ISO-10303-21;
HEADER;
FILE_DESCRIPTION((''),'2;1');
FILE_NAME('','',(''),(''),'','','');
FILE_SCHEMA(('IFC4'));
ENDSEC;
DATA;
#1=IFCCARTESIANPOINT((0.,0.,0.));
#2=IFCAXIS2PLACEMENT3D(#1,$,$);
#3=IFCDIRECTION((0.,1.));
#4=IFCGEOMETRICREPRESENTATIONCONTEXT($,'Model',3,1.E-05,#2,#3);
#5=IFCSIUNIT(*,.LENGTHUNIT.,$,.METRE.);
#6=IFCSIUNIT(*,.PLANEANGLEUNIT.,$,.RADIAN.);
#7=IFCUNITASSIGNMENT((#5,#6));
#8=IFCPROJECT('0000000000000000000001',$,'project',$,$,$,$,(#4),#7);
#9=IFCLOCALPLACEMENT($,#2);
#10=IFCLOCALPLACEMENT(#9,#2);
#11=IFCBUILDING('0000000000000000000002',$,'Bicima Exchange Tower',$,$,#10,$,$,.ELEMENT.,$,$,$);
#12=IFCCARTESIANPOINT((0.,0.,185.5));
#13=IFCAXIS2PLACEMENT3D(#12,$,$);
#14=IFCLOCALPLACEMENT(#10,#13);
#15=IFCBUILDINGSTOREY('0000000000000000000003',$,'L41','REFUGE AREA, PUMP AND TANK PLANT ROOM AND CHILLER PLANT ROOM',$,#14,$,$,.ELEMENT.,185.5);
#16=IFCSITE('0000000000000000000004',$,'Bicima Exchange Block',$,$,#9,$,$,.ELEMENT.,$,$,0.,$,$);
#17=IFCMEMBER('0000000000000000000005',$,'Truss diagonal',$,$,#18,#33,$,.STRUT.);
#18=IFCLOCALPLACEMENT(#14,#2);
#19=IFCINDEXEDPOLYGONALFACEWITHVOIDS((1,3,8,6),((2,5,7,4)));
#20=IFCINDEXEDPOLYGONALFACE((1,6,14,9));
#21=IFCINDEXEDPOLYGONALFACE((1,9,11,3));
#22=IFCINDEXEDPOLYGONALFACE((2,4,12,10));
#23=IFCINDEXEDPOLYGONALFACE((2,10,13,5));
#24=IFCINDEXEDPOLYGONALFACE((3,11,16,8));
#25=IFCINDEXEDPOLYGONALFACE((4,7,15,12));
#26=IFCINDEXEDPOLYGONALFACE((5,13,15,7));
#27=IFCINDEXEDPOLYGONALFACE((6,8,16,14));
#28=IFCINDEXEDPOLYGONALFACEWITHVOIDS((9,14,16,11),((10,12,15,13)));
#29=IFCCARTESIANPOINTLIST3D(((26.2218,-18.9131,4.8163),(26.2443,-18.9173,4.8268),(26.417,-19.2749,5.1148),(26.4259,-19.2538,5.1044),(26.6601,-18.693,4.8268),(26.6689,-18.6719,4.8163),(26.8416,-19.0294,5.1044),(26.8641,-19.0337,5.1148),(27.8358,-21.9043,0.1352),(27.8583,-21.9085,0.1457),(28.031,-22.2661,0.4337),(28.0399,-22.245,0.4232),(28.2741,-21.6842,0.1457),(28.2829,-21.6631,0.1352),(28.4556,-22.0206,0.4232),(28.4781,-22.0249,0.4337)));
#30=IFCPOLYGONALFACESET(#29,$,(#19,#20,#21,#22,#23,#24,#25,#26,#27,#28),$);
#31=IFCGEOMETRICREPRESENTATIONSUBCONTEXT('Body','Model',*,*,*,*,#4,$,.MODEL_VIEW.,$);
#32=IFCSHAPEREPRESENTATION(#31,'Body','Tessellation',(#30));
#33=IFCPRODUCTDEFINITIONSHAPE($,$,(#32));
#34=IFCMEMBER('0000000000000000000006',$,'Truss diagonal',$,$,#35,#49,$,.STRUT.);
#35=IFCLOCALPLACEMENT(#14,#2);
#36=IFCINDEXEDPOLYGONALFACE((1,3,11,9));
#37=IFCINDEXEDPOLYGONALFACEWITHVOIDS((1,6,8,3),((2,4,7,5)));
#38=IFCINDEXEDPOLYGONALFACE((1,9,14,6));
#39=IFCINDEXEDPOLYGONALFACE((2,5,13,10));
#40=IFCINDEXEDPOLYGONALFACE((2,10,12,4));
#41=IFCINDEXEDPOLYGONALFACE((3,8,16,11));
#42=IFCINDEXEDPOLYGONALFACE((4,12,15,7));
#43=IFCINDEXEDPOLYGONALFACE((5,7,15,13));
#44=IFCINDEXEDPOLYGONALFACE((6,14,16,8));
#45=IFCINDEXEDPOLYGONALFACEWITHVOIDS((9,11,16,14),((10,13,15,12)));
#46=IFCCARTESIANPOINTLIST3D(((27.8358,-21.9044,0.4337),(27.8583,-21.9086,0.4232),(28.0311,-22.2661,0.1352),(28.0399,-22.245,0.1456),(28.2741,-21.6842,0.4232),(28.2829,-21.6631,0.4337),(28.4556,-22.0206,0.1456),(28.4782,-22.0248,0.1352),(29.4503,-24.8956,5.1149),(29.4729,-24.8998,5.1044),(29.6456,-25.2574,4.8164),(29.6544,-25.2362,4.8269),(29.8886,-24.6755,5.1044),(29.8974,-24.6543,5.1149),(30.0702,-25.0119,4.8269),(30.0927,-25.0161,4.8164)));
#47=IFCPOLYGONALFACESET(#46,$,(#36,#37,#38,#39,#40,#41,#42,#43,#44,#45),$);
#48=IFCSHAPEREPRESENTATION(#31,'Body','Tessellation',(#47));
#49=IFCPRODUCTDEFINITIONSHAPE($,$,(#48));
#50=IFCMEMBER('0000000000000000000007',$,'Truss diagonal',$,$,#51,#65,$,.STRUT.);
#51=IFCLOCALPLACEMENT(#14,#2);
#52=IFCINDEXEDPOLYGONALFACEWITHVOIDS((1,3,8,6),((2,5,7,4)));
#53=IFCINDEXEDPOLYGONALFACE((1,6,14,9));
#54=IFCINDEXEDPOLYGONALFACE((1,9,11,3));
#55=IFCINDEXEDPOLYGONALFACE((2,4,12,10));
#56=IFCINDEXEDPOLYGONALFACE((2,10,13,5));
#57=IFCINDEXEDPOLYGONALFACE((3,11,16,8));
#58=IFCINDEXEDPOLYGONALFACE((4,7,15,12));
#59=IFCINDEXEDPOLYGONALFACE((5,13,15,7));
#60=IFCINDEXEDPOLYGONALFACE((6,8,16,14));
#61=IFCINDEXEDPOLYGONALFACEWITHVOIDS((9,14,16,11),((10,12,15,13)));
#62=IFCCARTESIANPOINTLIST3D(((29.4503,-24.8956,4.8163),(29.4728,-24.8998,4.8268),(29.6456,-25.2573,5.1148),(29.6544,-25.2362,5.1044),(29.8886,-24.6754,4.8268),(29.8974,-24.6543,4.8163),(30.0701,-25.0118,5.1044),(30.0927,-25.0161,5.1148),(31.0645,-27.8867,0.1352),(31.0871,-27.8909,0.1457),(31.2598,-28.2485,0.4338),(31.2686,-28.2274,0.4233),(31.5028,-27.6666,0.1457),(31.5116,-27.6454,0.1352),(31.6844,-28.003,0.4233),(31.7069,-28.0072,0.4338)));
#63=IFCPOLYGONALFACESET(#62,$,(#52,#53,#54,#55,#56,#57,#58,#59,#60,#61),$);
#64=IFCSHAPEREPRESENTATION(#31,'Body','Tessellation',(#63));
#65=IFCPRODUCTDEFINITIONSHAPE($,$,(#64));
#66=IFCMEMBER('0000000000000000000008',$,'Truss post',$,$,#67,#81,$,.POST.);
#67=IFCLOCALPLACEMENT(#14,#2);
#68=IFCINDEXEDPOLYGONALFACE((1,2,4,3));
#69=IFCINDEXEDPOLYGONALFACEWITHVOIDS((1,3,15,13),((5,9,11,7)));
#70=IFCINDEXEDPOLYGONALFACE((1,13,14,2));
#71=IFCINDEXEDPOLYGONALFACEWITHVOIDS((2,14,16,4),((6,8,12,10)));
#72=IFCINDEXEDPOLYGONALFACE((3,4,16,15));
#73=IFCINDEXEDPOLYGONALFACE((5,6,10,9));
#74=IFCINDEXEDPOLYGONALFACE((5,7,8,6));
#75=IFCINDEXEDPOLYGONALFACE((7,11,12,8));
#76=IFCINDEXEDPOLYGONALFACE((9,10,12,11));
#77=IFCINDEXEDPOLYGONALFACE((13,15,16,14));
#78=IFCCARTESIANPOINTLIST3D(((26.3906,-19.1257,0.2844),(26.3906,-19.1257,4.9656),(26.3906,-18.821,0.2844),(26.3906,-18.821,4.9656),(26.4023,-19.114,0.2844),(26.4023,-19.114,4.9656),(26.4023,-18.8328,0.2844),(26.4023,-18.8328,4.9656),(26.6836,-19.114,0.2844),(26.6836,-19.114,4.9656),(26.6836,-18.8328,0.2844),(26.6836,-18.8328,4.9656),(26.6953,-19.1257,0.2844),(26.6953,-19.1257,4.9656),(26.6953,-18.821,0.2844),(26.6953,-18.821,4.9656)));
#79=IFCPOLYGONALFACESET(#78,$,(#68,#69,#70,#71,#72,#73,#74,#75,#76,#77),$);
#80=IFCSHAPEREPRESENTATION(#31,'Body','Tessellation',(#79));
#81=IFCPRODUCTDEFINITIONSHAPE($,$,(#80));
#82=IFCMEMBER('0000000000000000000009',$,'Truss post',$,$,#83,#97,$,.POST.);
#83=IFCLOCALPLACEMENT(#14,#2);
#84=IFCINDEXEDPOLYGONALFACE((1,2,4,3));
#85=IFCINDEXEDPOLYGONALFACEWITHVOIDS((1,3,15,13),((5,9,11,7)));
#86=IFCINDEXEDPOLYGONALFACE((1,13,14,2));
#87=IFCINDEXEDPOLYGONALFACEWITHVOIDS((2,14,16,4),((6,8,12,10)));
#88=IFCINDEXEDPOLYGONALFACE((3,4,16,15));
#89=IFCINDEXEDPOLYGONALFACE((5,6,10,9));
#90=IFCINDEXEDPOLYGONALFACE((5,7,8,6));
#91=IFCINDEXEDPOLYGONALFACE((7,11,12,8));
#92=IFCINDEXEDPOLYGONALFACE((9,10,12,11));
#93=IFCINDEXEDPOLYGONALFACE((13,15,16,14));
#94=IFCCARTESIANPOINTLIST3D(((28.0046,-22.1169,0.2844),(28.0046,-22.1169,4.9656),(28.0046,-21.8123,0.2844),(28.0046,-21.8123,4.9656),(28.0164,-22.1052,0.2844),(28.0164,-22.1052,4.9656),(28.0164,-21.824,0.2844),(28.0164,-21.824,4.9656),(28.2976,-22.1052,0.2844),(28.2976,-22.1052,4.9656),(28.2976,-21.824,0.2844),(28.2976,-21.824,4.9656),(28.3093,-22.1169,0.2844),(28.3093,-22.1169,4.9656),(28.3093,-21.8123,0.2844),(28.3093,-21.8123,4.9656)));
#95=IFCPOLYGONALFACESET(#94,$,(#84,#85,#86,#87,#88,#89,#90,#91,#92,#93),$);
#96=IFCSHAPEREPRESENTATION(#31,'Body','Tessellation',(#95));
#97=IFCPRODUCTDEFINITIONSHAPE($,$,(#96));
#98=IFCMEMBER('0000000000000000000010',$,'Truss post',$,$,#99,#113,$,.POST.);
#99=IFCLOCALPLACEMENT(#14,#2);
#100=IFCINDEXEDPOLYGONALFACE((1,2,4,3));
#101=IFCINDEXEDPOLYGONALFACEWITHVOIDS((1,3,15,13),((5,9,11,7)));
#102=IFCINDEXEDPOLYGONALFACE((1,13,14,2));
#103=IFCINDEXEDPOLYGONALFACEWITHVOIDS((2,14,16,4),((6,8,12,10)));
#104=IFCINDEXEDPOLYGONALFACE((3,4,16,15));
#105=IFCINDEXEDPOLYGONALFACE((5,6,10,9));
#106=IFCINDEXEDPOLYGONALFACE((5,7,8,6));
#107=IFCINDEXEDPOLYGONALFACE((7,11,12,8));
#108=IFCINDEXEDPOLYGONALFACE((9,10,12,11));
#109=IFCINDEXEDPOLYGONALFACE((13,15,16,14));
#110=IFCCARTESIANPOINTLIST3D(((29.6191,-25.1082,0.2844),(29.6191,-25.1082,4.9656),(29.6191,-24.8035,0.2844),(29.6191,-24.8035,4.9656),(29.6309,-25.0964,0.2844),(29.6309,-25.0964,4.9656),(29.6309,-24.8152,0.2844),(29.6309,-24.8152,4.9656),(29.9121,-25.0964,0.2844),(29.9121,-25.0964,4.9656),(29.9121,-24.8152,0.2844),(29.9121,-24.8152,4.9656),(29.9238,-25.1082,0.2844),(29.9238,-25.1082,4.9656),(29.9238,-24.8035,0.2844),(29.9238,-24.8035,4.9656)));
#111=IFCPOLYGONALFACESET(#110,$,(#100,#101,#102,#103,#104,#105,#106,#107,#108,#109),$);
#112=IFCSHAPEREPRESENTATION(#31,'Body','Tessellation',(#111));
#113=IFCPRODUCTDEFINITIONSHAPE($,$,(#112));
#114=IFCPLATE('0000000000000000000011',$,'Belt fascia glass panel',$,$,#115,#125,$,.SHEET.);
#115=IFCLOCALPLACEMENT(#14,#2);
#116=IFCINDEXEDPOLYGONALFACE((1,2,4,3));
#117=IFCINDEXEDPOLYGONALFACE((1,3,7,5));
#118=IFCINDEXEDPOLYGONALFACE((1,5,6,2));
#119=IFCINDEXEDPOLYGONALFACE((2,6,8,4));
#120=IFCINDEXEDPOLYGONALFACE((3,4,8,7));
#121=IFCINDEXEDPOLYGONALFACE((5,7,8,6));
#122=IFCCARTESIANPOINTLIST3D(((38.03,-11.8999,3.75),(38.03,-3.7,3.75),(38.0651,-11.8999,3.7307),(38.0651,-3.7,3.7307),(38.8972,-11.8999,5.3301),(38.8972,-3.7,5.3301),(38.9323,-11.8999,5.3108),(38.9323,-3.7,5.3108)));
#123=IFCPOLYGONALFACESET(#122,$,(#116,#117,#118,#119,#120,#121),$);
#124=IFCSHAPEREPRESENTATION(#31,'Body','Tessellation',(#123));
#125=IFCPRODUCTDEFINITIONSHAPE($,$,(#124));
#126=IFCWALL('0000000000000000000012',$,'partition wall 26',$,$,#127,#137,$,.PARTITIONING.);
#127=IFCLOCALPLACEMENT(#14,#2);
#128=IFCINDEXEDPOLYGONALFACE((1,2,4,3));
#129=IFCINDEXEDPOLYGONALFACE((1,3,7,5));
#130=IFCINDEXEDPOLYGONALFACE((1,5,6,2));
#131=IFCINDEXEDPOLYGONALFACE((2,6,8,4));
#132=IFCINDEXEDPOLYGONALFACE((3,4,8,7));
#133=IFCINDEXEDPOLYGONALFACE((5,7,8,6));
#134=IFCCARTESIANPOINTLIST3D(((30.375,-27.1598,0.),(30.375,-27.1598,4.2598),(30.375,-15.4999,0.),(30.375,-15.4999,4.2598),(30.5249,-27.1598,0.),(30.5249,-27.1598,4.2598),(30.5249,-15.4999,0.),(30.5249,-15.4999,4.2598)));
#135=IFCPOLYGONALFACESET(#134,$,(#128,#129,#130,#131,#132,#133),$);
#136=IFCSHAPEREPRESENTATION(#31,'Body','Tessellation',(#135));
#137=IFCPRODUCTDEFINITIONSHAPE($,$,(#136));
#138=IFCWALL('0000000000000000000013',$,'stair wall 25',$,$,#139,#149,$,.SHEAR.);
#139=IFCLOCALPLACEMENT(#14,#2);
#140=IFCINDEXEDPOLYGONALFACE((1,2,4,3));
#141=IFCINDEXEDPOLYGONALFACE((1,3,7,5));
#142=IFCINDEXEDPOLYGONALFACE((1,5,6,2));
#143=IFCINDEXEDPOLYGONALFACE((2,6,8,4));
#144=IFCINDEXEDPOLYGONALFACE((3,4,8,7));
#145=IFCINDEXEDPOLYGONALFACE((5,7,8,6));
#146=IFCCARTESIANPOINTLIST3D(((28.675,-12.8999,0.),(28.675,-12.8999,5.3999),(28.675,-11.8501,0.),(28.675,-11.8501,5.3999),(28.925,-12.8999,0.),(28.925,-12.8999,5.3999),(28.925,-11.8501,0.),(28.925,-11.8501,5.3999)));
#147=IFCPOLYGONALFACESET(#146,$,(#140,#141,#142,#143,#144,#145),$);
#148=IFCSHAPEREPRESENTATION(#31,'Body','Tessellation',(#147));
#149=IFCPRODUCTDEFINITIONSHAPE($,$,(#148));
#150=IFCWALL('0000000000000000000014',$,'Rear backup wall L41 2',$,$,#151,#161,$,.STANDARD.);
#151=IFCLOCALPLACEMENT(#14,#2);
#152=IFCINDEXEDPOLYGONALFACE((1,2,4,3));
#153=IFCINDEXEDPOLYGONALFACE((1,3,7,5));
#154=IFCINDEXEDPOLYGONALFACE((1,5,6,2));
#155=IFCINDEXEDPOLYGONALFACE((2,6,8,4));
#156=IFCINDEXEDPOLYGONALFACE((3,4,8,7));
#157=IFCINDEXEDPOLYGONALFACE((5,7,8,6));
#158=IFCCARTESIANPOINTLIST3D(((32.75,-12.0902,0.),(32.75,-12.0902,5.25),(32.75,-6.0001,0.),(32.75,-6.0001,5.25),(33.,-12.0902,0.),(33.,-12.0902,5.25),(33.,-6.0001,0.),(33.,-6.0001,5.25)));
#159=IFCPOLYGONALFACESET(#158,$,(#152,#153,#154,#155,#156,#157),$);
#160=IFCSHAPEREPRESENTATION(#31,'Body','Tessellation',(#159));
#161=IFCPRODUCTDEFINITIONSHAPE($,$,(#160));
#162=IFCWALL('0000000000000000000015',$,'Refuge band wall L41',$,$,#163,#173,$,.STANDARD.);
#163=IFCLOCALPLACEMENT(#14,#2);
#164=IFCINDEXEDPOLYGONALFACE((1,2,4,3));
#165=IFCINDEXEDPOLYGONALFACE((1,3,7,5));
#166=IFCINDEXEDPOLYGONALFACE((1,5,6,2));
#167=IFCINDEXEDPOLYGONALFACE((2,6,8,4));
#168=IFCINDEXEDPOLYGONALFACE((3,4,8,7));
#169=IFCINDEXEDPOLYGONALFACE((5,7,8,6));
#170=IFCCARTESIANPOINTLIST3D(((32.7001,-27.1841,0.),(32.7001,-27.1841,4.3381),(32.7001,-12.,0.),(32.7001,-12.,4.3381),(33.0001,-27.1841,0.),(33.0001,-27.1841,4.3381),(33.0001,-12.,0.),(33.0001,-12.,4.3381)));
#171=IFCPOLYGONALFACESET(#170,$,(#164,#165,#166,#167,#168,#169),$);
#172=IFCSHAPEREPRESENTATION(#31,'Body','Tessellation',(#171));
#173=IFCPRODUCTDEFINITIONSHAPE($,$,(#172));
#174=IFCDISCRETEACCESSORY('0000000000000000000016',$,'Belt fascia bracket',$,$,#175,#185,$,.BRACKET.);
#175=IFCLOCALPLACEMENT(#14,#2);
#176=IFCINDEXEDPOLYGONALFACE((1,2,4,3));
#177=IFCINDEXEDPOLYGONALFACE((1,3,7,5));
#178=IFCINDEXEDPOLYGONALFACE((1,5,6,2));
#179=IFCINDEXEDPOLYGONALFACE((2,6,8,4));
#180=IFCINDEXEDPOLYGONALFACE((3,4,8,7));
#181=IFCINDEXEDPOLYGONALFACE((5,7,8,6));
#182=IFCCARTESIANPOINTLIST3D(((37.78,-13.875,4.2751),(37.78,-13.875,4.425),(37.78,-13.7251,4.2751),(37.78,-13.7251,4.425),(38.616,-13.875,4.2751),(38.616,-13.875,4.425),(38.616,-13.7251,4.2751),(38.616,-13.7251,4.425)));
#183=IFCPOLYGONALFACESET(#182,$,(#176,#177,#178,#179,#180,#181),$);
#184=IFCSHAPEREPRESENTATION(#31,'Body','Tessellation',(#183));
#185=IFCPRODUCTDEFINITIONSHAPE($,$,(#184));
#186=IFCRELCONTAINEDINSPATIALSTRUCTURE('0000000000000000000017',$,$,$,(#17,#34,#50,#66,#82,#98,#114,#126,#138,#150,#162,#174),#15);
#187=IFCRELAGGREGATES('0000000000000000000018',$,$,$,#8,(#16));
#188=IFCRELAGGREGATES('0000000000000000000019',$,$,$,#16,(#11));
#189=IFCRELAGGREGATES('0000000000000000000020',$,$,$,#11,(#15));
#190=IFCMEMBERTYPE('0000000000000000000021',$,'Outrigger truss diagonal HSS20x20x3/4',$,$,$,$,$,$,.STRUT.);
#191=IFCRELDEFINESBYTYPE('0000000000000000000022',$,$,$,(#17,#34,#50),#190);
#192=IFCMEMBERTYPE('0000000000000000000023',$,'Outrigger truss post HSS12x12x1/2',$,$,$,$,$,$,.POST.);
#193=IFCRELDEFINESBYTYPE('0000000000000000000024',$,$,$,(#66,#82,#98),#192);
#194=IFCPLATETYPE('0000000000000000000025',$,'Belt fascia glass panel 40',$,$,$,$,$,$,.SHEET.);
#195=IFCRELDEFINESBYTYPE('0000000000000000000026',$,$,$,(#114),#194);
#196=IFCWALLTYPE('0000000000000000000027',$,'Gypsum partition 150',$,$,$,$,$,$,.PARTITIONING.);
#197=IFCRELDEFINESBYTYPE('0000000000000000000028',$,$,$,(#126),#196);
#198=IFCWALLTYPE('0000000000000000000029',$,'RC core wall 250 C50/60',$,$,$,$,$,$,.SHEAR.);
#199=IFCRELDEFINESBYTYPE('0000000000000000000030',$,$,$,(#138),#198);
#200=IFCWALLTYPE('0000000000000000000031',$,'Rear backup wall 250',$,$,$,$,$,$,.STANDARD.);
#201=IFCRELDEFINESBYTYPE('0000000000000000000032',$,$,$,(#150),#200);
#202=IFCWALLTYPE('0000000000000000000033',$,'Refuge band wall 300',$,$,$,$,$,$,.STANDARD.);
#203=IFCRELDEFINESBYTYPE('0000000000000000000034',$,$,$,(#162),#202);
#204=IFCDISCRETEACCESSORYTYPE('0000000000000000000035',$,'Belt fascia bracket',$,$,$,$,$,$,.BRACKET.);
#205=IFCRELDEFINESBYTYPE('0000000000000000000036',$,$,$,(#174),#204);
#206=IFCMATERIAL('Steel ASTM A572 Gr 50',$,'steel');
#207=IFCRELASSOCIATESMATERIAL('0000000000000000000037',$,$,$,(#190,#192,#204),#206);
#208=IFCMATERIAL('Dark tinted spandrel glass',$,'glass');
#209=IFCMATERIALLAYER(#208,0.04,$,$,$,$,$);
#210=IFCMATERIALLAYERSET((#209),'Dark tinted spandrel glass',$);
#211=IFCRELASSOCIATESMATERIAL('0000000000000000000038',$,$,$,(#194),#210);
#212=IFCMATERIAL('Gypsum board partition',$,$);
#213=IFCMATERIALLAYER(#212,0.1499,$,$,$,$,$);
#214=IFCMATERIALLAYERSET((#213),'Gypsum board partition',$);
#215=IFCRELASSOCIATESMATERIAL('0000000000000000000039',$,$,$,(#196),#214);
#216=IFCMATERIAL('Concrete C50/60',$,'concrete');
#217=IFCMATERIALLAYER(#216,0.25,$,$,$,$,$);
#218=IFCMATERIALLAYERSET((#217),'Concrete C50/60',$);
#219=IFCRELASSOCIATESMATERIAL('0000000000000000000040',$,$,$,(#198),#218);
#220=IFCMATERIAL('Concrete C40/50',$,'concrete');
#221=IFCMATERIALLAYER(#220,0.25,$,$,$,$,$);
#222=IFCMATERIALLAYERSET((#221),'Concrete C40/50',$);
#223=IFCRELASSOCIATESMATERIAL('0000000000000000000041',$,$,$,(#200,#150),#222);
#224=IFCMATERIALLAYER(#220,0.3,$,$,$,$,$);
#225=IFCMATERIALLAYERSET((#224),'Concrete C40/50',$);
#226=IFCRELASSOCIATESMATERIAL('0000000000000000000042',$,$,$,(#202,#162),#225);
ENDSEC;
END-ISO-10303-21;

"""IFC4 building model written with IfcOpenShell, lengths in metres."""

from ifc_helpers import new_model, si_unit, direction, frame, frame_2d, origin, origin_2d, place, context, subcontext, project, spatial, polyline, rectangle, hollow_rectangle, outline, extrude, material, layer, layer_set, layer_usage, material_profile, profile_set, type_object, element, save


model = new_model("IFC4")

# Units and contexts
model_context = context("Model", 3, precision=1e-05, world=origin(), true_north=direction((0.0, 1.0)))
body_context = subcontext(model_context, "Body", "Model", "MODEL_VIEW")
ifc_project = project(units=[si_unit("LENGTHUNIT", "METRE"), si_unit("PLANEANGLEUNIT", "RADIAN")], contexts=[model_context])

# Site, building, storey
site_placement = place(None, origin())
site = spatial("IfcSite", under=ifc_project, at=site_placement, Name="Bicima Exchange Block", CompositionType="ELEMENT", RefElevation=0.0)
building_placement = place(site_placement, origin())
building = spatial("IfcBuilding", under=site, at=building_placement, Name="Bicima Exchange Tower", CompositionType="ELEMENT")
storey_placement = place(building_placement, frame((0.0, 0.0, 185.5)))
storey = spatial("IfcBuildingStorey", under=building, at=storey_placement, Name="L41", Description="REFUGE AREA, PUMP AND TANK PLANT ROOM AND CHILLER PLANT ROOM", CompositionType="ELEMENT", Elevation=185.5)

# Shared definitions
ifc_material_1 = material(Name="Steel ASTM A572 Gr 50", Category="steel")

# Shared definitions
ifc_material_profile_1 = material_profile(ifc_material_1, hollow_rectangle(XDim=0.3047, YDim=0.3047, WallThickness=0.0117, at=origin_2d()))
ifc_profile_set_1 = profile_set([ifc_material_profile_1], Name="Steel ASTM A572 Gr 50")

# Members
ifc_material_profile_2 = material_profile(ifc_material_1, hollow_rectangle(XDim=0.5081, YDim=0.5081, WallThickness=0.0178, at=origin_2d()))
ifc_profile_set_2 = profile_set([ifc_material_profile_2], Name="Steel ASTM A572 Gr 50")
member_type_1 = type_object("IfcMemberType", Name="Outrigger truss diagonal HSS20x20x3/4", PredefinedType="STRUT", material=ifc_profile_set_2)
member_1_placement = place(storey_placement, frame((26.543, -18.9734, 4.9656), z_axis=(0.279002, -0.517068, -0.809196), x_axis=(0.880058, 0.474866, 0.0)))
element("IfcMember", 1, at=member_1_placement, inside=storey, type_object=member_type_1, Name="Truss diagonal", PredefinedType="STRUT", context=body_context, shape_type="SweptSolid", body=[
    extrude(hollow_rectangle(XDim=0.5081, YDim=0.5081, WallThickness=0.0178, at=origin_2d()), origin(), (0.0, 0.0, 1.0), 5.7849),
])
member_2_placement = place(storey_placement, frame((28.157, -21.9646, 0.2844), z_axis=(0.27908, -0.517056, 0.809177), x_axis=(0.879998, 0.474978, 0.0)))
element("IfcMember", 2, at=member_2_placement, inside=storey, type_object=member_type_1, Name="Truss diagonal", PredefinedType="STRUT", context=body_context, shape_type="SweptSolid", body=[
    extrude(hollow_rectangle(XDim=0.5081, YDim=0.5081, WallThickness=0.0178, at=origin_2d()), origin(), (0.0, 0.0, 1.0), 5.7852),
])
member_3_placement = place(storey_placement, frame((29.7715, -24.9558, 4.9656), z_axis=(0.279041, -0.517062, -0.809186), x_axis=(0.880028, 0.474922, 0.0)))
element("IfcMember", 3, at=member_3_placement, inside=storey, type_object=member_type_1, Name="Truss diagonal", PredefinedType="STRUT", context=body_context, shape_type="SweptSolid", body=[
    extrude(hollow_rectangle(XDim=0.5081, YDim=0.5081, WallThickness=0.0178, at=origin_2d()), origin(), (0.0, 0.0, 1.0), 5.7849),
])
member_type_2 = type_object("IfcMemberType", Name="Outrigger truss post HSS12x12x1/2", PredefinedType="POST", material=ifc_profile_set_1)
for number, where, z_axis, x_axis, name in (
    (4, (26.543, -18.9734, 0.2844), (0.0, 0.0, 1.0), (1.0, 0.0, 0.0), "Truss post"),
    (5, (28.157, -21.9646, 0.2844), (0.0, 0.0, 1.0), (1.0, 0.0, 0.0), "Truss post"),
    (6, (29.7715, -24.9558, 0.2844), (0.0, 0.0, 1.0), (1.0, 0.0, 0.0), "Truss post"),
):
    element("IfcMember", number, at=place(storey_placement, frame(where, z_axis=z_axis, x_axis=x_axis)), inside=storey, type_object=member_type_2, Name=name, PredefinedType="POST", context=body_context, shape_type="SweptSolid", body=[
        extrude(hollow_rectangle(XDim=0.3047, YDim=0.3047, WallThickness=0.0117, at=origin_2d()), origin(), (0.0, 0.0, 1.0), 4.6812),
    ])

# Plate
ifc_material_2 = material(Name="Dark tinted spandrel glass", Category="glass")
ifc_layer_1 = layer(ifc_material_2, 0.04)
ifc_layer_set_1 = layer_set([ifc_layer_1], Name="Dark tinted spandrel glass")
plate_type = type_object("IfcPlateType", Name="Belt fascia glass panel 40", PredefinedType="SHEET", material=ifc_layer_set_1)
plate_placement = place(storey_placement, frame((38.03, -11.8999, 3.75), z_axis=(-0.87665, 0.0, 0.481128), x_axis=(0.0, 1.0, 0.0)))
element("IfcPlate", 7, at=plate_placement, inside=storey, type_object=plate_type, Name="Belt fascia glass panel", PredefinedType="SHEET", context=body_context, shape_type="SweptSolid", body=[
    extrude(outline(polyline([(0.0, 0.0), (8.2, 0.0), (8.2, -1.8024), (0.0, -1.8024), (0.0, 0.0)])), origin(), (0.0, 0.0, -1.0), 0.04),
])

# Walls
ifc_material_3 = material(Name="Gypsum board partition")
ifc_layer_2 = layer(ifc_material_3, 0.1499)
ifc_layer_set_2 = layer_set([ifc_layer_2], Name="Gypsum board partition")
wall_type_1 = type_object("IfcWallType", Name="Gypsum partition 150", PredefinedType="PARTITIONING", material=ifc_layer_set_2)
wall_1_placement = place(storey_placement, frame((30.45, -27.1599, 0.0), z_axis=(0.0, 0.0, 1.0), x_axis=(0.0, 1.0, 0.0)))
element("IfcWall", 8, at=wall_1_placement, inside=storey, type_object=wall_type_1, Name="partition wall 26", PredefinedType="PARTITIONING", context=body_context, shape_type="SweptSolid", body=[
    extrude(rectangle(XDim=11.6599, YDim=0.1499, at=frame_2d((5.8301, 0.0))), origin(), (0.0, 0.0, 1.0), 4.2598),
])
ifc_material_4 = material(Name="Concrete C50/60", Category="concrete")
ifc_layer_3 = layer(ifc_material_4, 0.25)
ifc_layer_set_3 = layer_set([ifc_layer_3], Name="Concrete C50/60")
wall_type_2 = type_object("IfcWallType", Name="RC core wall 250 C50/60", PredefinedType="SHEAR", material=ifc_layer_set_3)
wall_2_placement = place(storey_placement, frame((28.8, -12.8999, 0.0), z_axis=(0.0, 0.0, 1.0), x_axis=(0.0, 1.0, 0.0)))
element("IfcWall", 9, at=wall_2_placement, inside=storey, type_object=wall_type_2, Name="stair wall 25", PredefinedType="SHEAR", context=body_context, shape_type="SweptSolid", body=[
    extrude(rectangle(XDim=1.0498, YDim=0.25, at=frame_2d((0.5249, 0.0))), origin(), (0.0, 0.0, 1.0), 5.3999),
])
ifc_material_5 = material(Name="Concrete C40/50", Category="concrete")
ifc_layer_4 = layer(ifc_material_5, 0.25)
ifc_layer_set_4 = layer_set([ifc_layer_4], Name="Concrete C40/50")
ifc_layer_usage_1 = layer_usage(ifc_layer_set_4, "AXIS2", "POSITIVE", -0.125)
wall_type_3 = type_object("IfcWallType", Name="Rear backup wall 250", PredefinedType="STANDARD", material=ifc_layer_set_4)
wall_3_placement = place(storey_placement, frame((32.875, -12.0901, 0.0), z_axis=(0.0, 0.0, 1.0), x_axis=(0.0, 1.0, 0.0)))
element("IfcWall", 10, at=wall_3_placement, inside=storey, type_object=wall_type_3, material=ifc_layer_usage_1, Name="Rear backup wall L41 2", PredefinedType="STANDARD", context=body_context, shape_type="SweptSolid", body=[
    extrude(rectangle(XDim=6.0901, YDim=0.25, at=frame_2d((3.0449, 0.0))), origin(), (0.0, 0.0, 1.0), 5.25),
])
ifc_layer_5 = layer(ifc_material_5, 0.3)
ifc_layer_set_5 = layer_set([ifc_layer_5], Name="Concrete C40/50")
ifc_layer_usage_2 = layer_usage(ifc_layer_set_5, "AXIS2", "POSITIVE", -0.15)
wall_type_4 = type_object("IfcWallType", Name="Refuge band wall 300", PredefinedType="STANDARD", material=ifc_layer_set_5)
wall_4_placement = place(storey_placement, frame((32.8501, -27.1841, 0.0), z_axis=(0.0, 0.0, 1.0), x_axis=(0.0, 1.0, 0.0)))
element("IfcWall", 11, at=wall_4_placement, inside=storey, type_object=wall_type_4, material=ifc_layer_usage_2, Name="Refuge band wall L41", PredefinedType="STANDARD", context=body_context, shape_type="SweptSolid", body=[
    extrude(rectangle(XDim=15.1841, YDim=0.3, at=frame_2d((7.592, 0.0))), origin(), (0.0, 0.0, 1.0), 4.3381),
])

# Discrete accessory
discrete_accessory_type = type_object("IfcDiscreteAccessoryType", Name="Belt fascia bracket", PredefinedType="BRACKET", material=ifc_material_1)
discrete_accessory_placement = place(storey_placement, frame((38.198, -13.8, 4.2751), z_axis=(0.0, 0.0, 1.0), x_axis=(0.0, 1.0, 0.0)))
element("IfcDiscreteAccessory", 12, at=discrete_accessory_placement, inside=storey, type_object=discrete_accessory_type, Name="Belt fascia bracket", PredefinedType="BRACKET", context=body_context, shape_type="SweptSolid", body=[
    extrude(rectangle(XDim=0.1499, YDim=0.8359, at=origin_2d()), origin(), (0.0, 0.0, 1.0), 0.1499),
])

save(model, "model.ifc")
